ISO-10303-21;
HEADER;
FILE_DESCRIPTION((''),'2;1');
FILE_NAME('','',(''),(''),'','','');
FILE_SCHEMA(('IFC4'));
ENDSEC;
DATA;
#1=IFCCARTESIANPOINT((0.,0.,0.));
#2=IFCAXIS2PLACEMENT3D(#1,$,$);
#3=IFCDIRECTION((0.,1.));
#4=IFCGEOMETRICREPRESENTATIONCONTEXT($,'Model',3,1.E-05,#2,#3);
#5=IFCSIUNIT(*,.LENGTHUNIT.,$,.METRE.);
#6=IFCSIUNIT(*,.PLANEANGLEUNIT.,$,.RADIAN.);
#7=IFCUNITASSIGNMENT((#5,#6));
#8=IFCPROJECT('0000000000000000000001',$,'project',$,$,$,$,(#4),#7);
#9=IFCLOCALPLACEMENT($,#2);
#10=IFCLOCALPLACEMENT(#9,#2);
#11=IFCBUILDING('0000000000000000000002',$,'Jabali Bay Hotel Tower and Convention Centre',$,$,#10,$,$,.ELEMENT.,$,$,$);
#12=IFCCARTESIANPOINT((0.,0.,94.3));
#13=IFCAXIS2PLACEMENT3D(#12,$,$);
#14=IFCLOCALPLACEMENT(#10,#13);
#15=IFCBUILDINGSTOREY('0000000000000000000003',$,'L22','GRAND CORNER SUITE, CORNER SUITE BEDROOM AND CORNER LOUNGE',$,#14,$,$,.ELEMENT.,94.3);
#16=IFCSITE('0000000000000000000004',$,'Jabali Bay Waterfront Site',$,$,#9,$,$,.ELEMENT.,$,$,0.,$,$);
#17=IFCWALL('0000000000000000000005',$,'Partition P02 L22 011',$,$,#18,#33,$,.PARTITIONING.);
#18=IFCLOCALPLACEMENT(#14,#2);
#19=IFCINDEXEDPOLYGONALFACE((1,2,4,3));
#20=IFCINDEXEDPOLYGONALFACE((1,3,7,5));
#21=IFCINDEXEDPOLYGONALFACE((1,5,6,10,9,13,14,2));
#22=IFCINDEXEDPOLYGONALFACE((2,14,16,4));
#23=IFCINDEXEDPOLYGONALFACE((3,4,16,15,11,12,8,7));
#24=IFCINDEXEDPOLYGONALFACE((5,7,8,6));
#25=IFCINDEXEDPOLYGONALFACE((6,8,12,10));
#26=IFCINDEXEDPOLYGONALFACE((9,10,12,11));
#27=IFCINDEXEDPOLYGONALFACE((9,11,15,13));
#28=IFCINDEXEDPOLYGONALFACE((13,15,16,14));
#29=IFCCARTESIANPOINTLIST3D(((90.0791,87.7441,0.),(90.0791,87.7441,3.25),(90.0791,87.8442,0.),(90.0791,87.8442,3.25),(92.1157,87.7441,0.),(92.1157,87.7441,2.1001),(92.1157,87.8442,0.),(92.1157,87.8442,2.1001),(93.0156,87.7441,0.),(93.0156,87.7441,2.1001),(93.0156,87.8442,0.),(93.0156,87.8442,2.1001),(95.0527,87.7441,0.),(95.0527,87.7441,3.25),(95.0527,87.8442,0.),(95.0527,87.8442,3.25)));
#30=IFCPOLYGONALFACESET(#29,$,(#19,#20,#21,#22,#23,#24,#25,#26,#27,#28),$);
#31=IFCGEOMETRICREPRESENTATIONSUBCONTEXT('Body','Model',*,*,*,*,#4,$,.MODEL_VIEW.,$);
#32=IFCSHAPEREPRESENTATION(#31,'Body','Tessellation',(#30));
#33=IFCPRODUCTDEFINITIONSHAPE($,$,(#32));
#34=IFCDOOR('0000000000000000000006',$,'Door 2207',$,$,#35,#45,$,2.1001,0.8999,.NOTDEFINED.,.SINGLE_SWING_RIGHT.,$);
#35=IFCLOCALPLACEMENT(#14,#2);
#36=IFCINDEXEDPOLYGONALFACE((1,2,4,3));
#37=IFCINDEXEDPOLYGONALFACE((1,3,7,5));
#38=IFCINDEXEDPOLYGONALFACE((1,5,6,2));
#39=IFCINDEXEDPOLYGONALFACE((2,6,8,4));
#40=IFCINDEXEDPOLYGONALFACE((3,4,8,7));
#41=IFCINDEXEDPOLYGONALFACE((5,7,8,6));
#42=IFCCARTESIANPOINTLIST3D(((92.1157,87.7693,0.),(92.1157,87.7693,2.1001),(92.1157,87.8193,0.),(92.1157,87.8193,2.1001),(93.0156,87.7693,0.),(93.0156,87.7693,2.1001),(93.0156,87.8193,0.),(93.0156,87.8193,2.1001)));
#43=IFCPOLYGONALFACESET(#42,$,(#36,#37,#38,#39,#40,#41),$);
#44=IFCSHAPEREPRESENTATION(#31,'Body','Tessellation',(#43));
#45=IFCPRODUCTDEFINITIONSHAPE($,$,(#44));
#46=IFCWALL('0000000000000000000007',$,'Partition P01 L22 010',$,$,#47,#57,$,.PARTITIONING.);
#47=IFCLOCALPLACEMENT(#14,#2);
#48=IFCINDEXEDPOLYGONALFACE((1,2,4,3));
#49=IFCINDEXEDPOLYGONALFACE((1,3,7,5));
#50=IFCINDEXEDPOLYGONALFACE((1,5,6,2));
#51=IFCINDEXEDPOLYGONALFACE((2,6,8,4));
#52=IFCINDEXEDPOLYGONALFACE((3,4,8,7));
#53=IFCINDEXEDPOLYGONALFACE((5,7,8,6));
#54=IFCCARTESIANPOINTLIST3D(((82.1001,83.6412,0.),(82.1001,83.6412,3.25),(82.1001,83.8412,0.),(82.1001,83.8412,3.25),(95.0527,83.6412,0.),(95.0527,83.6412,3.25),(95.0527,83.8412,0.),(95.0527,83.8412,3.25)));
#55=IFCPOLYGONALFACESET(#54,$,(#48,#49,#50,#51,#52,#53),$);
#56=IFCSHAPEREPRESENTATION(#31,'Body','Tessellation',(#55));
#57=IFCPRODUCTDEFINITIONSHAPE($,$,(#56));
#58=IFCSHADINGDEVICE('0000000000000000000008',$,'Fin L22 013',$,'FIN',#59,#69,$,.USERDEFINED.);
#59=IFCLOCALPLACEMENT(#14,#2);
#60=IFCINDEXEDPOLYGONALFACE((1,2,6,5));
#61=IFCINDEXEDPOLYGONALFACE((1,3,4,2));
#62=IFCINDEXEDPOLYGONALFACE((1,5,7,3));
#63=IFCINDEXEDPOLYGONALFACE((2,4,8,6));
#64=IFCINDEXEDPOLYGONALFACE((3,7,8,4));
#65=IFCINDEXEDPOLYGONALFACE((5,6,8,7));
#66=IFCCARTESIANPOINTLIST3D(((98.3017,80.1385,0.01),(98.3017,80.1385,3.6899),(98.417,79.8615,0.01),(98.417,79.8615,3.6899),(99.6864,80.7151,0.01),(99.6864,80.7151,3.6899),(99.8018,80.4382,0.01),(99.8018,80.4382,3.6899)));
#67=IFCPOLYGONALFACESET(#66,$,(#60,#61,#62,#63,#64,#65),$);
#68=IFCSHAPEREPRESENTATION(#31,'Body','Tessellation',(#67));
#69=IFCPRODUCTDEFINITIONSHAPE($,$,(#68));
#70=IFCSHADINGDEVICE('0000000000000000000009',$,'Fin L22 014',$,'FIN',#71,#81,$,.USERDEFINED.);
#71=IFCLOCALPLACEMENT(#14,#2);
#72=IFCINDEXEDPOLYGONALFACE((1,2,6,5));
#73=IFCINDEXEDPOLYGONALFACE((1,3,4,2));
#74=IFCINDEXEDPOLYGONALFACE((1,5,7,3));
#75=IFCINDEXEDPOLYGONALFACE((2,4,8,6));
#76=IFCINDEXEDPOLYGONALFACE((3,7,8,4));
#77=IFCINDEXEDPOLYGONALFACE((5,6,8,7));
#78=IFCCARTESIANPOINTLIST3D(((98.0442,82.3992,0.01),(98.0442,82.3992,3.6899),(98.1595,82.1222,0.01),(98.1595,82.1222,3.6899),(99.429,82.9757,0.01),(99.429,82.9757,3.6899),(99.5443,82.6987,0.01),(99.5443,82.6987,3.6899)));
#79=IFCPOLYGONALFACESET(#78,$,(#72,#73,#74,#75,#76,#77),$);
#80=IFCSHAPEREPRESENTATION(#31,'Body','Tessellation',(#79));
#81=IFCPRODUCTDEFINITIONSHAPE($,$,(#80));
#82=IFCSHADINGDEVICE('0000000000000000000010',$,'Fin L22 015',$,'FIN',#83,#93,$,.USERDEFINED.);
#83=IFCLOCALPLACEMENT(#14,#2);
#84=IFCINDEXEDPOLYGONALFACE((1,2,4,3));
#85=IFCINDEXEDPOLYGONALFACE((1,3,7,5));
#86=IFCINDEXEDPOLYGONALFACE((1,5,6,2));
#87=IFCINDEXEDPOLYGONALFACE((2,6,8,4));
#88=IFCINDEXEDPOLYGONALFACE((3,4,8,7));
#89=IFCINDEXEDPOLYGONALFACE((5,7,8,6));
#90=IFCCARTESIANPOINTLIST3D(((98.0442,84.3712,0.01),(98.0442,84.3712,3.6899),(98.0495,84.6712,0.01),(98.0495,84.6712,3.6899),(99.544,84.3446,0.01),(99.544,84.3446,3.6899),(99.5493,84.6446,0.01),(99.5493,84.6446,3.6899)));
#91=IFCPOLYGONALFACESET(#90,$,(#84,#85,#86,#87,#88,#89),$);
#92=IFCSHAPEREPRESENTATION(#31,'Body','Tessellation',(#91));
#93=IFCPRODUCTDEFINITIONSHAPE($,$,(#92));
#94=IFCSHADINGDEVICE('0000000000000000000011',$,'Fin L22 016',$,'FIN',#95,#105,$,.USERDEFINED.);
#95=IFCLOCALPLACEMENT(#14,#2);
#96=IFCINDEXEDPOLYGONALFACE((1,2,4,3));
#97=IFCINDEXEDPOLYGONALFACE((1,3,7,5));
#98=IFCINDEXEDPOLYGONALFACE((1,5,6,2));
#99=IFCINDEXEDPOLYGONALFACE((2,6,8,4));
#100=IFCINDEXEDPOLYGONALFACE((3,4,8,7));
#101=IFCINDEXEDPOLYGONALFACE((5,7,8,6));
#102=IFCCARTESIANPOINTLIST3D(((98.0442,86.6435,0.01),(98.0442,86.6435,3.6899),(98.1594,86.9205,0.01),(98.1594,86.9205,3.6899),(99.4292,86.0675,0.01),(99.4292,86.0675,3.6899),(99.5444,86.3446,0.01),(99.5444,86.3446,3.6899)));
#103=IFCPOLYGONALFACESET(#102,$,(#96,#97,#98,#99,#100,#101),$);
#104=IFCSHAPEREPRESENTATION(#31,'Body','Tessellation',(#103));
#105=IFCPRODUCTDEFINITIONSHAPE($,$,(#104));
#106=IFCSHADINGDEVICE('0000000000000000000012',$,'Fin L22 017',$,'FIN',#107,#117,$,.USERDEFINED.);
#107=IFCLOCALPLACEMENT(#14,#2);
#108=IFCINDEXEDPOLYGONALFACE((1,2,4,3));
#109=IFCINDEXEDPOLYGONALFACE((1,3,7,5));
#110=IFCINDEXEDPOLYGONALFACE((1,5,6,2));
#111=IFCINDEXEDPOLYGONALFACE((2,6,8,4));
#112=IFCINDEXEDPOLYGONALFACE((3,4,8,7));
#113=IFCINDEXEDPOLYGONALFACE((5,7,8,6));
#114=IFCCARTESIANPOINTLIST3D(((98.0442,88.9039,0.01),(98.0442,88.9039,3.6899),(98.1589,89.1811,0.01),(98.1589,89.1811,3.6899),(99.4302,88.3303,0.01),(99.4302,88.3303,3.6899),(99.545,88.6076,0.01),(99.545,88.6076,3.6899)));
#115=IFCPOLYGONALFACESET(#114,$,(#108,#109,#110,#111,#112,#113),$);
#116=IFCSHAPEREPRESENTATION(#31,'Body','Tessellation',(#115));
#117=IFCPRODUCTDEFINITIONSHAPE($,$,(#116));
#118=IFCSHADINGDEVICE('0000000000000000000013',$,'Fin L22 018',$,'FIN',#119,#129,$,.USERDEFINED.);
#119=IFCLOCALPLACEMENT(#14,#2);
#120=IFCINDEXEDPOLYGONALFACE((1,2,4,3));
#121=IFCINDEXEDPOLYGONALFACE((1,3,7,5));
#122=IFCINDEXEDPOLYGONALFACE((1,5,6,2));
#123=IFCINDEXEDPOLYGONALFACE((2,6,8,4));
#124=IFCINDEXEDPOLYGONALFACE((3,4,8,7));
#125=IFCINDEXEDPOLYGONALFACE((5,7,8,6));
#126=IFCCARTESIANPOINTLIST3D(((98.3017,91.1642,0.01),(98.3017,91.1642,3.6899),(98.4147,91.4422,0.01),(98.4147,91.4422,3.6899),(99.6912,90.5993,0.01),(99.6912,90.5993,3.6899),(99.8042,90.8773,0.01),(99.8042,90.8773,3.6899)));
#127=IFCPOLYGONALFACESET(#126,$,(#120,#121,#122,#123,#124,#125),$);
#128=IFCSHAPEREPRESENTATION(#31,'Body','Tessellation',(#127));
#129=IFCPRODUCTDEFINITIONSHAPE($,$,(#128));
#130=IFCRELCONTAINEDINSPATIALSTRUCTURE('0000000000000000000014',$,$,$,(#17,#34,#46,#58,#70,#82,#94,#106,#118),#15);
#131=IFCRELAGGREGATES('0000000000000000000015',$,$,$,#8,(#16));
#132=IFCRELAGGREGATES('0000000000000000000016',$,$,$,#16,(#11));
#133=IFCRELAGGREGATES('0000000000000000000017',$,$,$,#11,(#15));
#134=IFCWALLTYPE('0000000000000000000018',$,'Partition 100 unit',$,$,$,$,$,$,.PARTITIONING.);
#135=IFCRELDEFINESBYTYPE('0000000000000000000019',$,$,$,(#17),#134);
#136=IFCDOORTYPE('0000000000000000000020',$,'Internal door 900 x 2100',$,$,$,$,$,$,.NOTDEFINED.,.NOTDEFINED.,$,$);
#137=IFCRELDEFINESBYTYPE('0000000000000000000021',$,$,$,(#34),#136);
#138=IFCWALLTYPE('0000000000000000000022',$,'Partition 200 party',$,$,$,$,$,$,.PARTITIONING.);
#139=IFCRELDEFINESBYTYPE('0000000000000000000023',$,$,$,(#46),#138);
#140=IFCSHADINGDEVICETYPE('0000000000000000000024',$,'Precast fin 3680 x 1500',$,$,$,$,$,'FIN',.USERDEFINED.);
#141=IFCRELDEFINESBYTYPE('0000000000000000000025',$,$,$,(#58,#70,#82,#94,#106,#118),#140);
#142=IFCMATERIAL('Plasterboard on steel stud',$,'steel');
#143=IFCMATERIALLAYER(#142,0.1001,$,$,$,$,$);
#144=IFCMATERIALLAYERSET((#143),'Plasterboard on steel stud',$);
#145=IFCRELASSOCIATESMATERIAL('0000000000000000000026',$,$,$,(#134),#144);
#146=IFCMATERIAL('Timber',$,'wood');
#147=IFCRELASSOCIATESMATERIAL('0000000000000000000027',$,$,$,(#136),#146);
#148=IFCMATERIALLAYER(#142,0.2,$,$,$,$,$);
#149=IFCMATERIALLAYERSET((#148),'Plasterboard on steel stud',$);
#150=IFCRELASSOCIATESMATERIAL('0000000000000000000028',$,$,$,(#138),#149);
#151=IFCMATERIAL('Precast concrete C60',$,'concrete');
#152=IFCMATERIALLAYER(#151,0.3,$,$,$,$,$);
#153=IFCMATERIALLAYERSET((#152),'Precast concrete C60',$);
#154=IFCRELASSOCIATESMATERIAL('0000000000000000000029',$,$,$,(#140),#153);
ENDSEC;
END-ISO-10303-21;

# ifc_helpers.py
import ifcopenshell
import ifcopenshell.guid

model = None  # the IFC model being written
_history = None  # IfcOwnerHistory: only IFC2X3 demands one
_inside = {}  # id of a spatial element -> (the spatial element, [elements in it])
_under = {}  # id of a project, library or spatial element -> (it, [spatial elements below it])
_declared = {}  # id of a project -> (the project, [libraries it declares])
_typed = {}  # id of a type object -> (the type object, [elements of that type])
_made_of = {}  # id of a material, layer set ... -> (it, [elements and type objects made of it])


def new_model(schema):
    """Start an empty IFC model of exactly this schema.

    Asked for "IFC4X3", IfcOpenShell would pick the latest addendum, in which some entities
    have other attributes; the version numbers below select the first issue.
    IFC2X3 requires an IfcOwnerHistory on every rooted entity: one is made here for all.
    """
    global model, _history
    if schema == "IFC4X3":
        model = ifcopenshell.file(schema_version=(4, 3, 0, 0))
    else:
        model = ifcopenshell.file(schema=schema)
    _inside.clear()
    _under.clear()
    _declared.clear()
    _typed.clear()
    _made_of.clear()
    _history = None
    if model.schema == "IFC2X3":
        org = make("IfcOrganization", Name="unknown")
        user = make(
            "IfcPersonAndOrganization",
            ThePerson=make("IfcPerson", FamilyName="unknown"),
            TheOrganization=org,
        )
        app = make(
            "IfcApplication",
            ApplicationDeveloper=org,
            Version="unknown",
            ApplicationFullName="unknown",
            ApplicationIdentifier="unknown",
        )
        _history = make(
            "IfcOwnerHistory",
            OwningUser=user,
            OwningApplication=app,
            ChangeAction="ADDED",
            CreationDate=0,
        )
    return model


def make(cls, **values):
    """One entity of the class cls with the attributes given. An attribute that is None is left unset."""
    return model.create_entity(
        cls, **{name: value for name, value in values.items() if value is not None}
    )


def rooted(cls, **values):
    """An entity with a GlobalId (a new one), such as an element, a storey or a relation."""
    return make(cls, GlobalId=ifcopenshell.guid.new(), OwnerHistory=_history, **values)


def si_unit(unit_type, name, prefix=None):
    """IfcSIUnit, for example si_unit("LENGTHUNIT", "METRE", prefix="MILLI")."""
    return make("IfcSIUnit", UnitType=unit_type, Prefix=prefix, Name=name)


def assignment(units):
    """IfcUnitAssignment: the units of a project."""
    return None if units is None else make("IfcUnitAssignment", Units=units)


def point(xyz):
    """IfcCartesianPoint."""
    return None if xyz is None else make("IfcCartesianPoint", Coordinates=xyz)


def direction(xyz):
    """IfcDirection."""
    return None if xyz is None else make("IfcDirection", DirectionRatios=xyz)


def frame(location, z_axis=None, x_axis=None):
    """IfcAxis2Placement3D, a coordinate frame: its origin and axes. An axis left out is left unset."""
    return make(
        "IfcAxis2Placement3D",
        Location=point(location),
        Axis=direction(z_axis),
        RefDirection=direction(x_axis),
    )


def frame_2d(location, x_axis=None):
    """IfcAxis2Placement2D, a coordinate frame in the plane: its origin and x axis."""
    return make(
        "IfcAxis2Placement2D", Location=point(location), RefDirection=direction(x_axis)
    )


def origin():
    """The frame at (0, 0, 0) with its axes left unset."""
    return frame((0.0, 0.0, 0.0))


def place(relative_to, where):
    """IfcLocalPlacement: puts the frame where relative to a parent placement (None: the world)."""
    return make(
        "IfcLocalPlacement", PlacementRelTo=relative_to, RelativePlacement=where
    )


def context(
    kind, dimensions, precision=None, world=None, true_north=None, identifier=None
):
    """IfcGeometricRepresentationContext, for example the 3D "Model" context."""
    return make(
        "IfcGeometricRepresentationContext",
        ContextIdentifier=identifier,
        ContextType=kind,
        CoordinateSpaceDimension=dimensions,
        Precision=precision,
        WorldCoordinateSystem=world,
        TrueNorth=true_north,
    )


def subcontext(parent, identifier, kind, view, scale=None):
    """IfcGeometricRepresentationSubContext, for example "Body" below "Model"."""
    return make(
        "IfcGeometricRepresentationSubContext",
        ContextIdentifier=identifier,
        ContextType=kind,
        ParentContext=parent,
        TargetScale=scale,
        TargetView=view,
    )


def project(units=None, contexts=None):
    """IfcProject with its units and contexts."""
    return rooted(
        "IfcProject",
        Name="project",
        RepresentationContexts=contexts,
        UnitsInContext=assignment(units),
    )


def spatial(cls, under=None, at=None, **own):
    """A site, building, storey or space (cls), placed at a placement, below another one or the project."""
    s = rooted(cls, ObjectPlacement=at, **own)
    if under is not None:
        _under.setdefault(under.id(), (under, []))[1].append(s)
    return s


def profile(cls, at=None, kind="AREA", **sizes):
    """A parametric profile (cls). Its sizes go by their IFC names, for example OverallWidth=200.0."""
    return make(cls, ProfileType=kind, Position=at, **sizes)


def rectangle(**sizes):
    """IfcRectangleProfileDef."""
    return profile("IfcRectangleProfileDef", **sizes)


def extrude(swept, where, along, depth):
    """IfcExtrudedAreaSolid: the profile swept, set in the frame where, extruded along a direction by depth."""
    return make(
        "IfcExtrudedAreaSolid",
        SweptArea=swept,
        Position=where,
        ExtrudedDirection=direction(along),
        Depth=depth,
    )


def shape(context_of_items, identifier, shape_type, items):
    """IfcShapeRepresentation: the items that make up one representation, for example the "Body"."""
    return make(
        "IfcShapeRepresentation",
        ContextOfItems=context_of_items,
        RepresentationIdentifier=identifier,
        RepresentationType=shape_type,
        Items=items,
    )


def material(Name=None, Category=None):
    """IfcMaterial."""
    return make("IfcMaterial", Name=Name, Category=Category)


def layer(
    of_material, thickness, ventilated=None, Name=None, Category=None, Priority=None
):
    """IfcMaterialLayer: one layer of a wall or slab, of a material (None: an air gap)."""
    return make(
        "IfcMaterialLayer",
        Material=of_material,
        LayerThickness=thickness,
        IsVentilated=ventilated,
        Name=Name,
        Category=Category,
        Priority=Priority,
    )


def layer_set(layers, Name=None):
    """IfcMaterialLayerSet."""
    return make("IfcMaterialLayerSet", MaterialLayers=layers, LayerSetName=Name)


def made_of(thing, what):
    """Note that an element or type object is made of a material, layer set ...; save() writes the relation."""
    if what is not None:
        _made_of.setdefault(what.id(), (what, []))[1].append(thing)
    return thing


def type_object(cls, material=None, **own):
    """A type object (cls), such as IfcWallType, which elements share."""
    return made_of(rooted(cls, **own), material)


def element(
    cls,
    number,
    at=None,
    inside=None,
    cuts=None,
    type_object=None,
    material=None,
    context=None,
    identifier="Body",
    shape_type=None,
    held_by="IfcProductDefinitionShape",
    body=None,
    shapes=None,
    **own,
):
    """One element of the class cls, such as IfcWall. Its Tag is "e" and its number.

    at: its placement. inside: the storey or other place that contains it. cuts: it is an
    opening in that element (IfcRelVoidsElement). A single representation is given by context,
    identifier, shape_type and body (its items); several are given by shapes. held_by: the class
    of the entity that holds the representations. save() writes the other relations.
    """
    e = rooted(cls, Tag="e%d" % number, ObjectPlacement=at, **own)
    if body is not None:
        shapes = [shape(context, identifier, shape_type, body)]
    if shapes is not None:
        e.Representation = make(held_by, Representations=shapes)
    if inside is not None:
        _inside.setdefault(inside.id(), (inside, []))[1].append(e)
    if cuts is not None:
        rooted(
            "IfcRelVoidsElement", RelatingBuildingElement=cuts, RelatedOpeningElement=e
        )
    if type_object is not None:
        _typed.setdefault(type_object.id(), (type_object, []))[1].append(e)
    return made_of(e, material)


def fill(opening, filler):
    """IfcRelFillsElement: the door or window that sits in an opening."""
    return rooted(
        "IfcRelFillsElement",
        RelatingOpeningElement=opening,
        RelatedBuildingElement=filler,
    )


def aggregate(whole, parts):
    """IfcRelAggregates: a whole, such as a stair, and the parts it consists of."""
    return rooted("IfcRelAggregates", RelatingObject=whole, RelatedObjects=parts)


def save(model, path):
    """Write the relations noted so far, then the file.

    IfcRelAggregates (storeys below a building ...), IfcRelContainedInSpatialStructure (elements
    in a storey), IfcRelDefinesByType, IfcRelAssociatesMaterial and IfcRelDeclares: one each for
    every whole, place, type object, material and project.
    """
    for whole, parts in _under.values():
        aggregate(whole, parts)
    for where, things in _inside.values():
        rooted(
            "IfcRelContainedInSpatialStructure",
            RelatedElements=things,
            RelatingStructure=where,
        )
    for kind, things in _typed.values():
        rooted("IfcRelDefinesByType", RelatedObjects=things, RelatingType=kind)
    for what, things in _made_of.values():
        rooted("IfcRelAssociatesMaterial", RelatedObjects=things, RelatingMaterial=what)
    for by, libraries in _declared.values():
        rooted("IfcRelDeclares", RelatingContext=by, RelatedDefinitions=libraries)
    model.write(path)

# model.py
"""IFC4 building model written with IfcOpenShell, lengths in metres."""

from ifc_helpers import new_model, si_unit, direction, frame, frame_2d, origin, place, context, subcontext, project, spatial, rectangle, extrude, material, layer, layer_set, type_object, element, fill, save


model = new_model("IFC4")

# Units and contexts
model_context = context("Model", 3, precision=1e-05, world=origin(), true_north=direction((0.0, 1.0)))
body_context = subcontext(model_context, "Body", "Model", "MODEL_VIEW")
ifc_project = project(units=[si_unit("LENGTHUNIT", "METRE"), si_unit("PLANEANGLEUNIT", "RADIAN")], contexts=[model_context])

# Site, building, storey
site_placement = place(None, origin())
site = spatial("IfcSite", under=ifc_project, at=site_placement, Name="Jabali Bay Waterfront Site", CompositionType="ELEMENT", RefElevation=0.0)
building_placement = place(site_placement, origin())
building = spatial("IfcBuilding", under=site, at=building_placement, Name="Jabali Bay Hotel Tower and Convention Centre", CompositionType="ELEMENT")
storey_placement = place(building_placement, frame((0.0, 0.0, 94.3)))
storey = spatial("IfcBuildingStorey", under=building, at=storey_placement, Name="L22", Description="GRAND CORNER SUITE, CORNER SUITE BEDROOM AND CORNER LOUNGE", CompositionType="ELEMENT", Elevation=94.3)

# Wall, opening, door
ifc_material_1 = material(Name="Plasterboard on steel stud", Category="steel")
ifc_layer_1 = layer(ifc_material_1, 0.1001)
ifc_layer_set_1 = layer_set([ifc_layer_1], Name="Plasterboard on steel stud")
wall_type_1 = type_object("IfcWallType", Name="Partition 100 unit", PredefinedType="PARTITIONING", material=ifc_layer_set_1)
wall_1_placement = place(storey_placement, frame((95.0527, 87.7942, 0.0), z_axis=(0.0, 0.0, 1.0), x_axis=(-1.0, 0.0, 0.0)))
wall_1 = element("IfcWall", 1, at=wall_1_placement, inside=storey, type_object=wall_type_1, Name="Partition P02 L22 011", PredefinedType="PARTITIONING", context=body_context, shape_type="SweptSolid", body=[
    extrude(rectangle(XDim=4.9736, YDim=0.1001, at=frame_2d((2.4868, 0.0))), origin(), (0.0, 0.0, 1.0), 3.25),
])
opening_1_placement = place(wall_1_placement, frame((2.0371, 0.0, 0.0)))
opening_1 = element("IfcOpeningElement", 2, at=opening_1_placement, cuts=wall_1, PredefinedType="OPENING", context=body_context, shape_type="SweptSolid", body=[
    extrude(rectangle(XDim=0.8999, YDim=2.1001, at=frame_2d((0.45, 1.05))), frame((0.0, 0.0605, 0.0), z_axis=(0.0, -1.0, 0.0), x_axis=(1.0, 0.0, 0.0)), (0.0, 0.0, 1.0), 0.1211),
])
ifc_material_2 = material(Name="Timber", Category="wood")
door_type_1 = type_object("IfcDoorType", Name="Internal door 900 x 2100", OperationType="NOTDEFINED", PredefinedType="NOTDEFINED", material=ifc_material_2)
door_1_placement = place(opening_1_placement, origin())
door_1 = element("IfcDoor", 3, at=door_1_placement, inside=storey, type_object=door_type_1, Name="Door 2207", OperationType="SINGLE_SWING_RIGHT", OverallHeight=2.1001, OverallWidth=0.8999, PredefinedType="NOTDEFINED", context=body_context, shape_type="SweptSolid", body=[
    extrude(rectangle(XDim=0.8999, YDim=2.1001, at=frame_2d((0.45, 1.05))), frame((0.0, 0.0249, 0.0), z_axis=(0.0, -1.0, 0.0), x_axis=(1.0, 0.0, 0.0)), (0.0, 0.0, 1.0), 0.05),
])
fill(opening_1, door_1)

# Wall
ifc_layer_2 = layer(ifc_material_1, 0.2)
ifc_layer_set_2 = layer_set([ifc_layer_2], Name="Plasterboard on steel stud")
wall_type_2 = type_object("IfcWallType", Name="Partition 200 party", PredefinedType="PARTITIONING", material=ifc_layer_set_2)
wall_2_placement = place(storey_placement, frame((95.0527, 83.7412, 0.0), z_axis=(0.0, 0.0, 1.0), x_axis=(-1.0, 0.0, 0.0)))
element("IfcWall", 4, at=wall_2_placement, inside=storey, type_object=wall_type_2, Name="Partition P01 L22 010", PredefinedType="PARTITIONING", context=body_context, shape_type="SweptSolid", body=[
    extrude(rectangle(XDim=12.9526, YDim=0.2, at=frame_2d((6.4763, 0.0))), origin(), (0.0, 0.0, 1.0), 3.25),
])

# Shading devices
ifc_material_3 = material(Name="Precast concrete C60", Category="concrete")
ifc_layer_3 = layer(ifc_material_3, 0.3)
ifc_layer_set_3 = layer_set([ifc_layer_3], Name="Precast concrete C60")
shading_device_type = type_object("IfcShadingDeviceType", Name="Precast fin 3680 x 1500", ElementType="FIN", PredefinedType="USERDEFINED", material=ifc_layer_set_3)
for number, where, z_axis, x_axis, name in (
    (5, (98.3594, 80.0, 0.01), (0.0, 0.0, 1.0), (0.923154, 0.38443, 0.0), "Fin L22 013"),
    (6, (98.1018, 82.2607, 0.01), (0.0, 0.0, 1.0), (0.923212, 0.384292, 0.0), "Fin L22 014"),
    (7, (98.0469, 84.5212, 0.01), (0.0, 0.0, 1.0), (0.999843, -0.017741, 0.0), "Fin L22 015"),
    (8, (98.1018, 86.782, 0.01), (0.0, 0.0, 1.0), (0.923351, -0.383957, 0.0), "Fin L22 016"),
    (9, (98.1016, 89.0425, 0.01), (0.0, 0.0, 1.0), (0.924023, -0.382337, 0.0), "Fin L22 017"),
    (10, (98.3582, 91.3032, 0.01), (0.0, 0.0, 1.0), (0.926374, -0.376604, 0.0), "Fin L22 018"),
):
    element("IfcShadingDevice", number, at=place(storey_placement, frame(where, z_axis=z_axis, x_axis=x_axis)), inside=storey, type_object=shading_device_type, Name=name, ObjectType="FIN", PredefinedType="USERDEFINED", context=body_context, shape_type="SweptSolid", body=[
        extrude(rectangle(XDim=1.5, YDim=0.3, at=frame_2d((0.75, 0.0))), origin(), (0.0, 0.0, 1.0), 3.6799),
    ])

save(model, "model.ifc")
